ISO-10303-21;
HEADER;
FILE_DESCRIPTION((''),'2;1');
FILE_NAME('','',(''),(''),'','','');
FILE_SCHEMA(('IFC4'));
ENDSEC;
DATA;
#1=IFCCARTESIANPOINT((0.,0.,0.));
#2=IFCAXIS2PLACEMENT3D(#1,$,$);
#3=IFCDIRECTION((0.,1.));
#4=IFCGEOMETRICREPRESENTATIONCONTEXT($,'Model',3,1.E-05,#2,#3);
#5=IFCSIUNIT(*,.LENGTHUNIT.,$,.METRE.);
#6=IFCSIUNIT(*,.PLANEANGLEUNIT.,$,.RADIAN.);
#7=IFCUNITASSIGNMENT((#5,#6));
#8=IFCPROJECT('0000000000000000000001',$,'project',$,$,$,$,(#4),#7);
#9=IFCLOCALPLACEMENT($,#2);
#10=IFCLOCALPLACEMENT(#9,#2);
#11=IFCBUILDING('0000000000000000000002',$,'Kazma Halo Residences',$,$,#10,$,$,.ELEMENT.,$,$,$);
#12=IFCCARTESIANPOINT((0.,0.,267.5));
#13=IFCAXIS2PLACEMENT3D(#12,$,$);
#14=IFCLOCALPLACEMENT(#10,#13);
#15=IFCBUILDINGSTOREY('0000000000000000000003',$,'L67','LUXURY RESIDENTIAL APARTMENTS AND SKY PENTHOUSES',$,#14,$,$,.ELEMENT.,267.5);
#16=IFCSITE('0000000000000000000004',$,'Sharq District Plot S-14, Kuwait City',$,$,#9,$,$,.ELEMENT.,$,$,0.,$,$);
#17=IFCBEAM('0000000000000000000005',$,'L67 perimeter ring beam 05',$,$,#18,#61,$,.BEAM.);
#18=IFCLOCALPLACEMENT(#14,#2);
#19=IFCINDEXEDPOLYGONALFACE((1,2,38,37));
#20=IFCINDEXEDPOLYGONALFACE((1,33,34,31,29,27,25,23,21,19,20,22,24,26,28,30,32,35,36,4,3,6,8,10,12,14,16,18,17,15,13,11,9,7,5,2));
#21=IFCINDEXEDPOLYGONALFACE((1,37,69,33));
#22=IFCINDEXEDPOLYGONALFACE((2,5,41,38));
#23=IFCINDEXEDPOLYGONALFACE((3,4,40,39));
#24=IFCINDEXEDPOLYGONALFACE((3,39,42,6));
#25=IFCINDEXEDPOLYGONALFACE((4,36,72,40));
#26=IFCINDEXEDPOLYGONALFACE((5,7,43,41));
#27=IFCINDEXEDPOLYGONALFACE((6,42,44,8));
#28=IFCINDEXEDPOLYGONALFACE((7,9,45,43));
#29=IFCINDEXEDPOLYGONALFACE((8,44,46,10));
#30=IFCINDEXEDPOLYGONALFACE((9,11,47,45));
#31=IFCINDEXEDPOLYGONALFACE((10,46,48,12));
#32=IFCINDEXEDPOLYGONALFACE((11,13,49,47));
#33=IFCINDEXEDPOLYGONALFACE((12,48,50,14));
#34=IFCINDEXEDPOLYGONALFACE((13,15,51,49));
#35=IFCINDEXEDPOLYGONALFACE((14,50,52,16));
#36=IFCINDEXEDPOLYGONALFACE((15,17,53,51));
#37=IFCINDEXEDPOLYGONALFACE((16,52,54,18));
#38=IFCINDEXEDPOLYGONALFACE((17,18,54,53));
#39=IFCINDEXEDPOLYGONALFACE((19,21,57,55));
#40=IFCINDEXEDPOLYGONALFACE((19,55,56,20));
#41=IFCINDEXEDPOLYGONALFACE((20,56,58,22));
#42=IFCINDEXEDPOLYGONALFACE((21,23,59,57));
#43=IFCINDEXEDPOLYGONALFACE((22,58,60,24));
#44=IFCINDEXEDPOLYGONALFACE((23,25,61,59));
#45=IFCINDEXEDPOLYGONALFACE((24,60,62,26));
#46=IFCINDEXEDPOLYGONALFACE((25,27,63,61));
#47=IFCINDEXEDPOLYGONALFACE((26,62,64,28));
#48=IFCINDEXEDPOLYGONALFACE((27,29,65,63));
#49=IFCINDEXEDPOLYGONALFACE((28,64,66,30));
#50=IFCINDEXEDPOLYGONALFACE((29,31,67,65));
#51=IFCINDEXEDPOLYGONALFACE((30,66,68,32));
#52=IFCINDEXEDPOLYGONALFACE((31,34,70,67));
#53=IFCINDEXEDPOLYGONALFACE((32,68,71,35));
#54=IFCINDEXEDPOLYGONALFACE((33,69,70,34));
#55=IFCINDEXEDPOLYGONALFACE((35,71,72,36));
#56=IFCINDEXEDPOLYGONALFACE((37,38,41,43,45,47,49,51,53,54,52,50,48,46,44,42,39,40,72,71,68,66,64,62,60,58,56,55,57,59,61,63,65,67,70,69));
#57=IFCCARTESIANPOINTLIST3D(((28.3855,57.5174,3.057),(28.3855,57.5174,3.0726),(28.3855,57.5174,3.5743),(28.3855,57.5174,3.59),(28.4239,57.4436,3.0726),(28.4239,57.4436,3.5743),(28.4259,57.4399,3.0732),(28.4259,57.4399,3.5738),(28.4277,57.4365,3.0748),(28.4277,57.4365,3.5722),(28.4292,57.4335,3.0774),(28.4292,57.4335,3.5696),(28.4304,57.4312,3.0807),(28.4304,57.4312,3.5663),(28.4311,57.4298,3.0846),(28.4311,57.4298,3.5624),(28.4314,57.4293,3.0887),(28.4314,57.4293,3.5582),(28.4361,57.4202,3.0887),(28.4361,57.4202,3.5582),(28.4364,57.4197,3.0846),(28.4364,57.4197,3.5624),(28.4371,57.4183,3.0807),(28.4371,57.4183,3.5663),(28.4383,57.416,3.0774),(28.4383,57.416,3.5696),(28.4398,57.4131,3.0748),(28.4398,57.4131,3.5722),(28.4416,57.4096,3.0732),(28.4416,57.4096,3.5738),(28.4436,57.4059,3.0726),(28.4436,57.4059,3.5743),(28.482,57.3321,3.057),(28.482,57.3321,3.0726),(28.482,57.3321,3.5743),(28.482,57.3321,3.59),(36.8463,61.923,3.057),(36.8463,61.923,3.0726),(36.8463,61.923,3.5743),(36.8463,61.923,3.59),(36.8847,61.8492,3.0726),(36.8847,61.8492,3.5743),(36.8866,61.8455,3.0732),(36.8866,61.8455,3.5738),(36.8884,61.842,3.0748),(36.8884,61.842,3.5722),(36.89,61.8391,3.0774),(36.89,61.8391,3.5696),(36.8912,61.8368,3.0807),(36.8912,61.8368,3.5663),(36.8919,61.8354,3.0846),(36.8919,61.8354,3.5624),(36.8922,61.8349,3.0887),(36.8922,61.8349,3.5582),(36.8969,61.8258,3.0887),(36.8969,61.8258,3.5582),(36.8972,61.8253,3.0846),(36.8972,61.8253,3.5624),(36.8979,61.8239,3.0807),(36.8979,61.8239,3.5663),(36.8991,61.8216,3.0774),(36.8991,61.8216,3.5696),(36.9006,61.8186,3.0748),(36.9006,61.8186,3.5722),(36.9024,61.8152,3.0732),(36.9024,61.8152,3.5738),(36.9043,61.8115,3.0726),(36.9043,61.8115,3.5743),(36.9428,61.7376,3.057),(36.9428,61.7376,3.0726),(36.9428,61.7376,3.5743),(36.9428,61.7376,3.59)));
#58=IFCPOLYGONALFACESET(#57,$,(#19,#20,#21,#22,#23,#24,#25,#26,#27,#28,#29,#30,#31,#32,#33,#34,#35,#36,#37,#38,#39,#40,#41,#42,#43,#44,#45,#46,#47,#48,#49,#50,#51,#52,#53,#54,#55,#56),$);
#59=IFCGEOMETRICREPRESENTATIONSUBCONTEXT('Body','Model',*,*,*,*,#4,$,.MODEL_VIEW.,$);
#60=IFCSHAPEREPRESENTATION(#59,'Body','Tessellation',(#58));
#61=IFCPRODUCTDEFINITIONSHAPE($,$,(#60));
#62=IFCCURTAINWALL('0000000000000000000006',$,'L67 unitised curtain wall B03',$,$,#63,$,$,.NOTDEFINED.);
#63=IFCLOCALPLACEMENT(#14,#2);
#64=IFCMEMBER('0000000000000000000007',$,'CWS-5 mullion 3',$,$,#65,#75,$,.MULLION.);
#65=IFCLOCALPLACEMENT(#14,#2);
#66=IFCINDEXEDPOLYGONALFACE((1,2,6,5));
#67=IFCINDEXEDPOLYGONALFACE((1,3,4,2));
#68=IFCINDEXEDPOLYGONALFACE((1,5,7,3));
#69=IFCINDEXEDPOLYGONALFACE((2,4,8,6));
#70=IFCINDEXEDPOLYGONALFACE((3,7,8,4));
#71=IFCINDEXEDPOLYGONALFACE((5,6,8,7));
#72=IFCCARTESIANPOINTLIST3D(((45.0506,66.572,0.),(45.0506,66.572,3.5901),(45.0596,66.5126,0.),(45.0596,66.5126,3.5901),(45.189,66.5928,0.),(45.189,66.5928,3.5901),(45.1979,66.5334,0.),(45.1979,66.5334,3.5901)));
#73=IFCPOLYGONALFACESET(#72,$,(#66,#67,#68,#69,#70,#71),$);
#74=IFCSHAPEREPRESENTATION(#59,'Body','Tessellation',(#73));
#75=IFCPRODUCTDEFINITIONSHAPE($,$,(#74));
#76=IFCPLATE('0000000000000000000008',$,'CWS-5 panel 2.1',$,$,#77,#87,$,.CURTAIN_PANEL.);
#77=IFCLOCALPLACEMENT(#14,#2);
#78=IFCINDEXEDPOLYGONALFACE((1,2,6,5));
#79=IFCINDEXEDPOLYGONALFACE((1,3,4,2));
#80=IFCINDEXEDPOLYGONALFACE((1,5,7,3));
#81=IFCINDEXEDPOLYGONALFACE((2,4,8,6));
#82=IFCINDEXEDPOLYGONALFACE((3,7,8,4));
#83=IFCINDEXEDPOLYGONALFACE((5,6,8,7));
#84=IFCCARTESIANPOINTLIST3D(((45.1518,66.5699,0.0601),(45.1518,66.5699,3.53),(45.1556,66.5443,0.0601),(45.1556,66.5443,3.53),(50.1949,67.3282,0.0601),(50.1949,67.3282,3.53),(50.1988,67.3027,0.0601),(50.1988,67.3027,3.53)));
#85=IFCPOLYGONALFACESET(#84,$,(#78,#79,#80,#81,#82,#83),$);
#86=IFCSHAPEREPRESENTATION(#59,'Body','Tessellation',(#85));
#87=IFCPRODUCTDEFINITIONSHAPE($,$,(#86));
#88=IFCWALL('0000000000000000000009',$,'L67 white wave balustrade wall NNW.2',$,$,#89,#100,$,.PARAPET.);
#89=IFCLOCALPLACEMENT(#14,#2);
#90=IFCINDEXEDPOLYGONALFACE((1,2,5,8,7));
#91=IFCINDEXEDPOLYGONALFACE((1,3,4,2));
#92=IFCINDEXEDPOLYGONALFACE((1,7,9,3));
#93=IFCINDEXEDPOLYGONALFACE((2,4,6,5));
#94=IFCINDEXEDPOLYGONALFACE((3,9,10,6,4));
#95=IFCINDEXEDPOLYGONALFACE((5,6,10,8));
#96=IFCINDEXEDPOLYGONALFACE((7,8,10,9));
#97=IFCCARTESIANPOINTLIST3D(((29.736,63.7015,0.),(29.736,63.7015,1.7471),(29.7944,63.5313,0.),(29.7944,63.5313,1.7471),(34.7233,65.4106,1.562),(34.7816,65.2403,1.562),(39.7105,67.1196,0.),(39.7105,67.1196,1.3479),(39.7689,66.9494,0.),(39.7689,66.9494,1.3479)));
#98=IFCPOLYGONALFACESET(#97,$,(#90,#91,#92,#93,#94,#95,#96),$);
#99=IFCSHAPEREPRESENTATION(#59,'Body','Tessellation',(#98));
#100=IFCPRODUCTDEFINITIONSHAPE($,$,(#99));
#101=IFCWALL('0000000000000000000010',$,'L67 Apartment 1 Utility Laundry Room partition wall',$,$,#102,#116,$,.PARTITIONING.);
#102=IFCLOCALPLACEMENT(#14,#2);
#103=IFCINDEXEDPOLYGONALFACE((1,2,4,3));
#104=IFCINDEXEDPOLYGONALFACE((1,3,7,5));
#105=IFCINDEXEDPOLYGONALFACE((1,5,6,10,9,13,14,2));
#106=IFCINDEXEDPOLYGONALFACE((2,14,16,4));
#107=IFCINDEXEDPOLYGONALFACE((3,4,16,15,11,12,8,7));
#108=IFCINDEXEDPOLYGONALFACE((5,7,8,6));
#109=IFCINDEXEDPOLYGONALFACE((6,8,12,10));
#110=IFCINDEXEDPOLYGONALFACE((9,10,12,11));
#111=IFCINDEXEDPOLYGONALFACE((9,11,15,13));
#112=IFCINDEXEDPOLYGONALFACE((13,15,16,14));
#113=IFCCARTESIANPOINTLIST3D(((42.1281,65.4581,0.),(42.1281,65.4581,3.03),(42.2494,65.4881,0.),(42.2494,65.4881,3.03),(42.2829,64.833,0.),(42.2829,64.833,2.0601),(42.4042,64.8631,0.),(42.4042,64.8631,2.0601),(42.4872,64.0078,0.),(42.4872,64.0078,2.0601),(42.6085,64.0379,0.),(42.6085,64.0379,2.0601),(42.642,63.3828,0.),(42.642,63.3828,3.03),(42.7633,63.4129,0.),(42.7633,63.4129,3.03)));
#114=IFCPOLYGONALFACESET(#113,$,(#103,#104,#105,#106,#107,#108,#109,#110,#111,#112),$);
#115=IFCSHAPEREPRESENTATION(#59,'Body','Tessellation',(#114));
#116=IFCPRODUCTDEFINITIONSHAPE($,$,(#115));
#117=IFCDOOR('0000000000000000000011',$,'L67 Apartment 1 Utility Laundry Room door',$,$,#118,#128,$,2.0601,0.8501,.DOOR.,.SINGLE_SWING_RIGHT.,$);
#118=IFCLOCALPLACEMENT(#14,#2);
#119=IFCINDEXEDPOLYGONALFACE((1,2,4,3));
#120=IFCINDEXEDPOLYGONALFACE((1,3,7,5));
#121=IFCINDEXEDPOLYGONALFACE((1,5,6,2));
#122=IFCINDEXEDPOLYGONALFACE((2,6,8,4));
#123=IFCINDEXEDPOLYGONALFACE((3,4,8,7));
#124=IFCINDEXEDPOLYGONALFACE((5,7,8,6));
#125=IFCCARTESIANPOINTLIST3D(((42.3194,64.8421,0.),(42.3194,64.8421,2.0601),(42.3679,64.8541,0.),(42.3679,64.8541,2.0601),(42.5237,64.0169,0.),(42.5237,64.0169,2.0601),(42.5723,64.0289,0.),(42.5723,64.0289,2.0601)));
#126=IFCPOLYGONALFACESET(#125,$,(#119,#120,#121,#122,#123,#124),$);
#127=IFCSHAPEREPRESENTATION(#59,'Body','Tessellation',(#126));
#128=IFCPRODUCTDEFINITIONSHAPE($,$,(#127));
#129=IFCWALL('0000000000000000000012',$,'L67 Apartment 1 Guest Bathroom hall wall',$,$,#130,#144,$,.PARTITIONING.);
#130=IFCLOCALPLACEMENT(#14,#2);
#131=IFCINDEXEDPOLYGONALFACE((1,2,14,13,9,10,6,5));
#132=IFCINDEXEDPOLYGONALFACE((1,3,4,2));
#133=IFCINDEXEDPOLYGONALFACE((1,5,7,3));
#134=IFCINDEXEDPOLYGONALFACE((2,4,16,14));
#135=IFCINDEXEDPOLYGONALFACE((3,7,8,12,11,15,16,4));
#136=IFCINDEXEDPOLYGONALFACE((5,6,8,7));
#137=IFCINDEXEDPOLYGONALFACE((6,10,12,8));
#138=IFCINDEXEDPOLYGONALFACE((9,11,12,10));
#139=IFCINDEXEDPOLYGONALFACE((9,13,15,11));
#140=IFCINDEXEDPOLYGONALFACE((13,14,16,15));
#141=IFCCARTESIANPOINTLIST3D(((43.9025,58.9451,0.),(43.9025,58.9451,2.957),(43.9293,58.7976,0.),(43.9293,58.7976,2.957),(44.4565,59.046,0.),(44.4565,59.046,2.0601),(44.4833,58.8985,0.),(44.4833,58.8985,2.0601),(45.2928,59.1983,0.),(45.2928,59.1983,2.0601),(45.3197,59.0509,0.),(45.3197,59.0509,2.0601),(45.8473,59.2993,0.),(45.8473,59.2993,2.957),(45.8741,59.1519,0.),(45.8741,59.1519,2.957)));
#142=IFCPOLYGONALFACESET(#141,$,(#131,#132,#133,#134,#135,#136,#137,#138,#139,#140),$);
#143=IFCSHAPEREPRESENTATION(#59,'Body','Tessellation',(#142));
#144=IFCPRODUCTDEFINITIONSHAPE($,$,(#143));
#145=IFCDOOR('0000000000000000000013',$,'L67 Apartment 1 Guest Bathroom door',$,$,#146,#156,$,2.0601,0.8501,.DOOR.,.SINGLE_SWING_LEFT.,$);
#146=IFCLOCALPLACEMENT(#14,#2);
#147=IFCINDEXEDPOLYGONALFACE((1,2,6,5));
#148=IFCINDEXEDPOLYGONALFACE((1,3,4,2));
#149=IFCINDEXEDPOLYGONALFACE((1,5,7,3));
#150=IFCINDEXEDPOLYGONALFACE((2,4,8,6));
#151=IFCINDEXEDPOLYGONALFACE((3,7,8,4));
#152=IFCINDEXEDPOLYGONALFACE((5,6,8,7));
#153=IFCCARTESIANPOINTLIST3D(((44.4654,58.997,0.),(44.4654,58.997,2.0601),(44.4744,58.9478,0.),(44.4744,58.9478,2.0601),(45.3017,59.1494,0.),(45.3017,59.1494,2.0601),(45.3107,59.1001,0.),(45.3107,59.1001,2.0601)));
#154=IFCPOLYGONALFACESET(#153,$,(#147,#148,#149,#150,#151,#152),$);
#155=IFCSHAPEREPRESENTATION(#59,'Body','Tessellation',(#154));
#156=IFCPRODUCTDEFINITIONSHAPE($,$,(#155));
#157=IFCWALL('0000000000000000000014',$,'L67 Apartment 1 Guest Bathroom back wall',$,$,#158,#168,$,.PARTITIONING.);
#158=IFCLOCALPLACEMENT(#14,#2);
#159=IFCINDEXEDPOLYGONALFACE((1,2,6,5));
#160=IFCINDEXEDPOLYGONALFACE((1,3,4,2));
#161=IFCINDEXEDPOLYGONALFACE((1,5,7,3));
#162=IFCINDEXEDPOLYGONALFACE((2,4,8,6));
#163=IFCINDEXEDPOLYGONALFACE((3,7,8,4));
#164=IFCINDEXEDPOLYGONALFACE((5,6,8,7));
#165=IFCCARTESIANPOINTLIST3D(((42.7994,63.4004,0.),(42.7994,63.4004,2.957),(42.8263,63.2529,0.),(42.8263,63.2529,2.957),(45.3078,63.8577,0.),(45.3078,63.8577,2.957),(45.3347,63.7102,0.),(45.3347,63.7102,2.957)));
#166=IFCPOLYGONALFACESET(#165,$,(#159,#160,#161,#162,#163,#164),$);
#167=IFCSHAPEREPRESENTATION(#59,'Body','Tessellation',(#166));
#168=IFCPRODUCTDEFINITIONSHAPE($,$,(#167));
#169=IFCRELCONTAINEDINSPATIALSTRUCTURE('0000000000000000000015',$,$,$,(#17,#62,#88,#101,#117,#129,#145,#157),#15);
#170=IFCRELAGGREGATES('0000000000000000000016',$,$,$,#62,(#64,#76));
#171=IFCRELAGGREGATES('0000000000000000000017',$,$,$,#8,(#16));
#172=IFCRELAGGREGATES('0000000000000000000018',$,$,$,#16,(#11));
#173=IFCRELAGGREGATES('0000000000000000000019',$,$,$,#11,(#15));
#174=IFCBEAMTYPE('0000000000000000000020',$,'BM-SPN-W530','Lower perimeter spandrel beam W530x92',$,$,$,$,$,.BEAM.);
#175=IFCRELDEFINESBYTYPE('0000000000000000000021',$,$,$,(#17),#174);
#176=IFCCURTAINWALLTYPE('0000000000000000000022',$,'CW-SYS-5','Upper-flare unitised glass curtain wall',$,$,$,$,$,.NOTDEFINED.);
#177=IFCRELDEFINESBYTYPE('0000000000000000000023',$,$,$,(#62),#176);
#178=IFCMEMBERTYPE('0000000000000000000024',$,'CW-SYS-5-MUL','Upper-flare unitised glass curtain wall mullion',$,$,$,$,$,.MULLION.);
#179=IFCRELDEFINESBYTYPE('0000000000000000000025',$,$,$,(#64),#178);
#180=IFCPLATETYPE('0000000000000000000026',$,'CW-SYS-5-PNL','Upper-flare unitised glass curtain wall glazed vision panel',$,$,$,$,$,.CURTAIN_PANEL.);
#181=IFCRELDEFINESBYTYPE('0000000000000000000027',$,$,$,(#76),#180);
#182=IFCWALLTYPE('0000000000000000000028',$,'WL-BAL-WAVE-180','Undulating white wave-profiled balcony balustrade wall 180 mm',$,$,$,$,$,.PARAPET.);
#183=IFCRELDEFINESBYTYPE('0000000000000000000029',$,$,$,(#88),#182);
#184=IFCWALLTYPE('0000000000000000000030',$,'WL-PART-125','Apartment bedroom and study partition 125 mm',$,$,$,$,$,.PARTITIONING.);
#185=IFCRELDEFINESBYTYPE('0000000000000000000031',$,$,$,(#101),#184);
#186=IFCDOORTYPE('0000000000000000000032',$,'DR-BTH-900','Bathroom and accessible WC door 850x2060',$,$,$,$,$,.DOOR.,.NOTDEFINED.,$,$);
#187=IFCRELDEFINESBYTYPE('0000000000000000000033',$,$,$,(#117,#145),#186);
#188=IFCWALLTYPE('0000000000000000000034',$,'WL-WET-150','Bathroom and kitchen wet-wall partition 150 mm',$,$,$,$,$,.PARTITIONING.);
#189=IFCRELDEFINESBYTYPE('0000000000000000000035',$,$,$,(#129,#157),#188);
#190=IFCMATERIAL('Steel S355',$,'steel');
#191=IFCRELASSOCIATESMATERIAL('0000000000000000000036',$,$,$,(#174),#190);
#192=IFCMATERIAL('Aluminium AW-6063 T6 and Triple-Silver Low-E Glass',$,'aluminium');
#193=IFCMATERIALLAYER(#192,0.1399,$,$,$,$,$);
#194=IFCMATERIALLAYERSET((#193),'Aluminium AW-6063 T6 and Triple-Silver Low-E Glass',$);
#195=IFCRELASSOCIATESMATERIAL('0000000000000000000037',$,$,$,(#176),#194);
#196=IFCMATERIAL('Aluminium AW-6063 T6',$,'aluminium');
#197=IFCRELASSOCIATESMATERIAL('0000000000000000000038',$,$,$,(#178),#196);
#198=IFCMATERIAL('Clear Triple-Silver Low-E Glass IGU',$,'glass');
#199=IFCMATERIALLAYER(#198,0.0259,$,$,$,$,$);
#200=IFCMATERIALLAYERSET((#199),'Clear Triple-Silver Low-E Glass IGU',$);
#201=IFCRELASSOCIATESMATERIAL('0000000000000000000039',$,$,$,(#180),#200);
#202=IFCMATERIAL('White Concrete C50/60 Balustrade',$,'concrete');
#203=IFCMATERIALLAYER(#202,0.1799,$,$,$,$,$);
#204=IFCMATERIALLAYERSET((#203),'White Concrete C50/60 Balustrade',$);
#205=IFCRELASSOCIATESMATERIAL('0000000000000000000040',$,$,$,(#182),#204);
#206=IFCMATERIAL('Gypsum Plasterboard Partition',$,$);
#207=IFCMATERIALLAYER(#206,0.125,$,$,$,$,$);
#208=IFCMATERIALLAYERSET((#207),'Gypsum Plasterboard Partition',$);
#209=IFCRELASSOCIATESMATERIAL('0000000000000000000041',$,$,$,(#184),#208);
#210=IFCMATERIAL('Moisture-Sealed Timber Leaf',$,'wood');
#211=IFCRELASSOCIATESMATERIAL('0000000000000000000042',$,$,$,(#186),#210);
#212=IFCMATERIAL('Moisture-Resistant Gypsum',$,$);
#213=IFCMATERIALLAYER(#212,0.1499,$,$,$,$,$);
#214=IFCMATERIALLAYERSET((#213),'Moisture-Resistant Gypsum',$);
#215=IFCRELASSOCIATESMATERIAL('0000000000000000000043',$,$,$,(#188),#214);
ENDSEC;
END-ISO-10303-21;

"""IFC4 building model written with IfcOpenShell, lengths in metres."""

from ifc_helpers import new_model, si_unit, direction, frame, frame_2d, origin, origin_2d, place, context, subcontext, project, spatial, polyline, rectangle, i_section, outline, extrude, material, layer, layer_set, material_profile, profile_set, type_object, element, fill, aggregate, save


model = new_model("IFC4")

# Units and contexts
model_context = context("Model", 3, precision=1e-05, world=origin(), true_north=direction((0.0, 1.0)))
body_context = subcontext(model_context, "Body", "Model", "MODEL_VIEW")
ifc_project = project(units=[si_unit("LENGTHUNIT", "METRE"), si_unit("PLANEANGLEUNIT", "RADIAN")], contexts=[model_context])

# Site, building, storey
site_placement = place(None, origin())
site = spatial("IfcSite", under=ifc_project, at=site_placement, Name="Sharq District Plot S-14, Kuwait City", CompositionType="ELEMENT", RefElevation=0.0)
building_placement = place(site_placement, origin())
building = spatial("IfcBuilding", under=site, at=building_placement, Name="Kazma Halo Residences", CompositionType="ELEMENT")
storey_placement = place(building_placement, frame((0.0, 0.0, 267.5)))
storey = spatial("IfcBuildingStorey", under=building, at=storey_placement, Name="L67", Description="LUXURY RESIDENTIAL APARTMENTS AND SKY PENTHOUSES", CompositionType="ELEMENT", Elevation=267.5)

# Beam
ifc_material_1 = material(Name="Steel S355", Category="steel")
ifc_material_profile_1 = material_profile(ifc_material_1, i_section(OverallWidth=0.209, OverallDepth=0.533, WebThickness=0.0103, FlangeThickness=0.0156, FilletRadius=0.0161, at=origin_2d()), Name="W530x92")
ifc_profile_set_1 = profile_set([ifc_material_profile_1], Name="Steel S355")
beam_type_1 = type_object("IfcBeamType", Name="BM-SPN-W530", Description="Lower perimeter spandrel beam W530x92", PredefinedType="BEAM", material=ifc_profile_set_1)
beam_1_placement = place(storey_placement, frame((36.8945, 61.8303, 3.3235), z_axis=(-0.886961, -0.461844, 0.0), x_axis=(0.461844, -0.886961, 0.0)))
element("IfcBeam", 1, at=beam_1_placement, inside=storey, type_object=beam_type_1, Name="L67 perimeter ring beam 05", PredefinedType="BEAM", context=body_context, shape_type="SweptSolid", body=[
    extrude(i_section(OverallWidth=0.209, OverallDepth=0.533, WebThickness=0.0103, FlangeThickness=0.0156, FilletRadius=0.0161, at=origin_2d()), origin(), (0.0, 0.0, 1.0), 9.5391),
])

# Curtain wall, member, plate
ifc_material_2 = material(Name="Aluminium AW-6063 T6 and Triple-Silver Low-E Glass", Category="aluminium")
ifc_layer_1 = layer(ifc_material_2, 0.1399)
ifc_layer_set_1 = layer_set([ifc_layer_1], Name="Aluminium AW-6063 T6 and Triple-Silver Low-E Glass")
curtain_wall_type = type_object("IfcCurtainWallType", Name="CW-SYS-5", Description="Upper-flare unitised glass curtain wall", PredefinedType="NOTDEFINED", material=ifc_layer_set_1)
curtain_wall_placement = place(storey_placement, origin())
curtain_wall = element("IfcCurtainWall", 2, at=curtain_wall_placement, inside=storey, type_object=curtain_wall_type, Name="L67 unitised curtain wall B03", PredefinedType="NOTDEFINED")
ifc_material_3 = material(Name="Aluminium AW-6063 T6", Category="aluminium")
ifc_material_profile_2 = material_profile(ifc_material_3, rectangle(XDim=0.0601, YDim=0.1399, at=origin_2d()), Name="CWM-60x140")
ifc_profile_set_2 = profile_set([ifc_material_profile_2], Name="Aluminium AW-6063 T6")
member_type = type_object("IfcMemberType", Name="CW-SYS-5-MUL", Description="Upper-flare unitised glass curtain wall mullion", PredefinedType="MULLION", material=ifc_profile_set_2)
member_placement = place(storey_placement, frame((45.1243, 66.5527, 0.0), z_axis=(0.0, 0.0, 1.0), x_axis=(0.148697, -0.988883, 0.0)))
member = element("IfcMember", 3, at=member_placement, type_object=member_type, Name="CWS-5 mullion 3", PredefinedType="MULLION", context=body_context, shape_type="SweptSolid", body=[
    extrude(rectangle(XDim=0.0601, YDim=0.1399, at=origin_2d()), origin(), (0.0, 0.0, 1.0), 3.5901),
])
ifc_material_4 = material(Name="Clear Triple-Silver Low-E Glass IGU", Category="glass")
ifc_layer_2 = layer(ifc_material_4, 0.0259)
ifc_layer_set_2 = layer_set([ifc_layer_2], Name="Clear Triple-Silver Low-E Glass IGU")
plate_type = type_object("IfcPlateType", Name="CW-SYS-5-PNL", Description="Upper-flare unitised glass curtain wall glazed vision panel", PredefinedType="CURTAIN_PANEL", material=ifc_layer_set_2)
plate_placement = place(storey_placement, frame((47.6753, 66.9363, 0.0601), z_axis=(0.0, 0.0, 1.0), x_axis=(-0.988883, -0.148697, 0.0)))
plate = element("IfcPlate", 4, at=plate_placement, type_object=plate_type, Name="CWS-5 panel 2.1", PredefinedType="CURTAIN_PANEL", context=body_context, shape_type="SweptSolid", body=[
    extrude(rectangle(XDim=5.0999, YDim=0.0259, at=origin_2d()), origin(), (0.0, 0.0, 1.0), 3.47),
])
aggregate(curtain_wall, [member, plate])

# Wall
ifc_material_5 = material(Name="White Concrete C50/60 Balustrade", Category="concrete")
ifc_layer_3 = layer(ifc_material_5, 0.1799)
ifc_layer_set_3 = layer_set([ifc_layer_3], Name="White Concrete C50/60 Balustrade")
wall_type_1 = type_object("IfcWallType", Name="WL-BAL-WAVE-180", Description="Undulating white wave-profiled balcony balustrade wall 180 mm", PredefinedType="PARAPET", material=ifc_layer_set_3)
wall_1_placement = place(storey_placement, frame((39.7397, 67.0344, 0.0), z_axis=(0.0, 0.0, 1.0), x_axis=(-0.945994, -0.324184, 0.0)))
element("IfcWall", 5, at=wall_1_placement, inside=storey, type_object=wall_type_1, Name="L67 white wave balustrade wall NNW.2", PredefinedType="PARAPET", context=body_context, shape_type="SweptSolid", body=[
    extrude(outline(polyline([(0.0, 0.0), (10.5439, 0.0), (10.5439, 1.7471), (5.272, 1.562), (0.0, 1.3479), (0.0, 0.0)])), frame((0.0, 0.0898, 0.0), z_axis=(0.0, -1.0, 0.0), x_axis=(1.0, 0.0, 0.0)), (0.0, 0.0, 1.0), 0.1799),
])

# Walls, openings, doors
ifc_material_6 = material(Name="Gypsum Plasterboard Partition")
ifc_layer_4 = layer(ifc_material_6, 0.125)
ifc_layer_set_4 = layer_set([ifc_layer_4], Name="Gypsum Plasterboard Partition")
wall_type_2 = type_object("IfcWallType", Name="WL-PART-125", Description="Apartment bedroom and study partition 125 mm", PredefinedType="PARTITIONING", material=ifc_layer_set_4)
wall_2_placement = place(storey_placement, frame((42.7026, 63.3979, 0.0), z_axis=(0.0, 0.0, 1.0), x_axis=(-0.240385, 0.970678, 0.0)))
wall_2 = element("IfcWall", 6, at=wall_2_placement, inside=storey, type_object=wall_type_2, Name="L67 Apartment 1 Utility Laundry Room partition wall", PredefinedType="PARTITIONING", context=body_context, shape_type="SweptSolid", body=[
    extrude(rectangle(XDim=2.1379, YDim=0.125, at=frame_2d((1.0688, 0.0))), origin(), (0.0, 0.0, 1.0), 3.03),
])
opening_1_placement = place(wall_2_placement, frame((0.6438, 0.0, 0.0)))
opening_1 = element("IfcOpeningElement", 7, at=opening_1_placement, cuts=wall_2, PredefinedType="OPENING", context=body_context, shape_type="SweptSolid", body=[
    extrude(rectangle(XDim=0.8501, YDim=2.0601, at=frame_2d((0.425, 1.03))), frame((0.0, 0.0725, 0.0), z_axis=(0.0, -1.0, 0.0), x_axis=(1.0, 0.0, 0.0)), (0.0, 0.0, 1.0), 0.145),
])
ifc_material_7 = material(Name="Moisture-Sealed Timber Leaf", Category="wood")
door_type_1 = type_object("IfcDoorType", Name="DR-BTH-900", Description="Bathroom and accessible WC door 850x2060", OperationType="NOTDEFINED", PredefinedType="DOOR", material=ifc_material_7)
door_1_placement = place(opening_1_placement, origin())
door_1 = element("IfcDoor", 8, at=door_1_placement, inside=storey, type_object=door_type_1, Name="L67 Apartment 1 Utility Laundry Room door", OperationType="SINGLE_SWING_RIGHT", OverallHeight=2.0601, OverallWidth=0.8501, PredefinedType="DOOR", context=body_context, shape_type="SweptSolid", body=[
    extrude(rectangle(XDim=0.8501, YDim=2.0601, at=frame_2d((0.425, 1.03))), frame((0.0, 0.0249, 0.0), z_axis=(0.0, -1.0, 0.0), x_axis=(1.0, 0.0, 0.0)), (0.0, 0.0, 1.0), 0.05),
])
fill(opening_1, door_1)
ifc_material_8 = material(Name="Moisture-Resistant Gypsum")
ifc_layer_5 = layer(ifc_material_8, 0.1499)
ifc_layer_set_5 = layer_set([ifc_layer_5], Name="Moisture-Resistant Gypsum")
wall_type_3 = type_object("IfcWallType", Name="WL-WET-150", Description="Bathroom and kitchen wet-wall partition 150 mm", PredefinedType="PARTITIONING", material=ifc_layer_set_5)
wall_3_placement = place(storey_placement, frame((45.8606, 59.2256, 0.0), z_axis=(0.0, 0.0, 1.0), x_axis=(-0.983813, -0.179201, 0.0)))
wall_3 = element("IfcWall", 9, at=wall_3_placement, inside=storey, type_object=wall_type_3, Name="L67 Apartment 1 Guest Bathroom hall wall", PredefinedType="PARTITIONING", context=body_context, shape_type="SweptSolid", body=[
    extrude(rectangle(XDim=1.9768, YDim=0.1499, at=frame_2d((0.9883, 0.0))), origin(), (0.0, 0.0, 1.0), 2.957),
])
opening_2_placement = place(wall_3_placement, frame((0.5635, 0.0, 0.0)))
opening_2 = element("IfcOpeningElement", 10, at=opening_2_placement, cuts=wall_3, PredefinedType="OPENING", context=body_context, shape_type="SweptSolid", body=[
    extrude(rectangle(XDim=0.8501, YDim=2.0601, at=frame_2d((0.425, 1.03))), frame((0.0, 0.085, 0.0), z_axis=(0.0, -1.0, 0.0), x_axis=(1.0, 0.0, 0.0)), (0.0, 0.0, 1.0), 0.1699),
])
door_2_placement = place(opening_2_placement, origin())
door_2 = element("IfcDoor", 11, at=door_2_placement, inside=storey, type_object=door_type_1, Name="L67 Apartment 1 Guest Bathroom door", OperationType="SINGLE_SWING_LEFT", OverallHeight=2.0601, OverallWidth=0.8501, PredefinedType="DOOR", context=body_context, shape_type="SweptSolid", body=[
    extrude(rectangle(XDim=0.8501, YDim=2.0601, at=frame_2d((0.425, 1.03))), frame((0.0, 0.0249, 0.0), z_axis=(0.0, -1.0, 0.0), x_axis=(1.0, 0.0, 0.0)), (0.0, 0.0, 1.0), 0.05),
])
fill(opening_2, door_2)

# Wall
wall_4_placement = place(storey_placement, frame((45.3213, 63.7839, 0.0), z_axis=(0.0, 0.0, 1.0), x_axis=(-0.983789, -0.179332, 0.0)))
element("IfcWall", 12, at=wall_4_placement, inside=storey, type_object=wall_type_3, Name="L67 Apartment 1 Guest Bathroom back wall", PredefinedType="PARTITIONING", context=body_context, shape_type="SweptSolid", body=[
    extrude(rectangle(XDim=2.5498, YDim=0.1499, at=frame_2d((1.2749, 0.0))), origin(), (0.0, 0.0, 1.0), 2.957),
])

save(model, "model.ifc")
